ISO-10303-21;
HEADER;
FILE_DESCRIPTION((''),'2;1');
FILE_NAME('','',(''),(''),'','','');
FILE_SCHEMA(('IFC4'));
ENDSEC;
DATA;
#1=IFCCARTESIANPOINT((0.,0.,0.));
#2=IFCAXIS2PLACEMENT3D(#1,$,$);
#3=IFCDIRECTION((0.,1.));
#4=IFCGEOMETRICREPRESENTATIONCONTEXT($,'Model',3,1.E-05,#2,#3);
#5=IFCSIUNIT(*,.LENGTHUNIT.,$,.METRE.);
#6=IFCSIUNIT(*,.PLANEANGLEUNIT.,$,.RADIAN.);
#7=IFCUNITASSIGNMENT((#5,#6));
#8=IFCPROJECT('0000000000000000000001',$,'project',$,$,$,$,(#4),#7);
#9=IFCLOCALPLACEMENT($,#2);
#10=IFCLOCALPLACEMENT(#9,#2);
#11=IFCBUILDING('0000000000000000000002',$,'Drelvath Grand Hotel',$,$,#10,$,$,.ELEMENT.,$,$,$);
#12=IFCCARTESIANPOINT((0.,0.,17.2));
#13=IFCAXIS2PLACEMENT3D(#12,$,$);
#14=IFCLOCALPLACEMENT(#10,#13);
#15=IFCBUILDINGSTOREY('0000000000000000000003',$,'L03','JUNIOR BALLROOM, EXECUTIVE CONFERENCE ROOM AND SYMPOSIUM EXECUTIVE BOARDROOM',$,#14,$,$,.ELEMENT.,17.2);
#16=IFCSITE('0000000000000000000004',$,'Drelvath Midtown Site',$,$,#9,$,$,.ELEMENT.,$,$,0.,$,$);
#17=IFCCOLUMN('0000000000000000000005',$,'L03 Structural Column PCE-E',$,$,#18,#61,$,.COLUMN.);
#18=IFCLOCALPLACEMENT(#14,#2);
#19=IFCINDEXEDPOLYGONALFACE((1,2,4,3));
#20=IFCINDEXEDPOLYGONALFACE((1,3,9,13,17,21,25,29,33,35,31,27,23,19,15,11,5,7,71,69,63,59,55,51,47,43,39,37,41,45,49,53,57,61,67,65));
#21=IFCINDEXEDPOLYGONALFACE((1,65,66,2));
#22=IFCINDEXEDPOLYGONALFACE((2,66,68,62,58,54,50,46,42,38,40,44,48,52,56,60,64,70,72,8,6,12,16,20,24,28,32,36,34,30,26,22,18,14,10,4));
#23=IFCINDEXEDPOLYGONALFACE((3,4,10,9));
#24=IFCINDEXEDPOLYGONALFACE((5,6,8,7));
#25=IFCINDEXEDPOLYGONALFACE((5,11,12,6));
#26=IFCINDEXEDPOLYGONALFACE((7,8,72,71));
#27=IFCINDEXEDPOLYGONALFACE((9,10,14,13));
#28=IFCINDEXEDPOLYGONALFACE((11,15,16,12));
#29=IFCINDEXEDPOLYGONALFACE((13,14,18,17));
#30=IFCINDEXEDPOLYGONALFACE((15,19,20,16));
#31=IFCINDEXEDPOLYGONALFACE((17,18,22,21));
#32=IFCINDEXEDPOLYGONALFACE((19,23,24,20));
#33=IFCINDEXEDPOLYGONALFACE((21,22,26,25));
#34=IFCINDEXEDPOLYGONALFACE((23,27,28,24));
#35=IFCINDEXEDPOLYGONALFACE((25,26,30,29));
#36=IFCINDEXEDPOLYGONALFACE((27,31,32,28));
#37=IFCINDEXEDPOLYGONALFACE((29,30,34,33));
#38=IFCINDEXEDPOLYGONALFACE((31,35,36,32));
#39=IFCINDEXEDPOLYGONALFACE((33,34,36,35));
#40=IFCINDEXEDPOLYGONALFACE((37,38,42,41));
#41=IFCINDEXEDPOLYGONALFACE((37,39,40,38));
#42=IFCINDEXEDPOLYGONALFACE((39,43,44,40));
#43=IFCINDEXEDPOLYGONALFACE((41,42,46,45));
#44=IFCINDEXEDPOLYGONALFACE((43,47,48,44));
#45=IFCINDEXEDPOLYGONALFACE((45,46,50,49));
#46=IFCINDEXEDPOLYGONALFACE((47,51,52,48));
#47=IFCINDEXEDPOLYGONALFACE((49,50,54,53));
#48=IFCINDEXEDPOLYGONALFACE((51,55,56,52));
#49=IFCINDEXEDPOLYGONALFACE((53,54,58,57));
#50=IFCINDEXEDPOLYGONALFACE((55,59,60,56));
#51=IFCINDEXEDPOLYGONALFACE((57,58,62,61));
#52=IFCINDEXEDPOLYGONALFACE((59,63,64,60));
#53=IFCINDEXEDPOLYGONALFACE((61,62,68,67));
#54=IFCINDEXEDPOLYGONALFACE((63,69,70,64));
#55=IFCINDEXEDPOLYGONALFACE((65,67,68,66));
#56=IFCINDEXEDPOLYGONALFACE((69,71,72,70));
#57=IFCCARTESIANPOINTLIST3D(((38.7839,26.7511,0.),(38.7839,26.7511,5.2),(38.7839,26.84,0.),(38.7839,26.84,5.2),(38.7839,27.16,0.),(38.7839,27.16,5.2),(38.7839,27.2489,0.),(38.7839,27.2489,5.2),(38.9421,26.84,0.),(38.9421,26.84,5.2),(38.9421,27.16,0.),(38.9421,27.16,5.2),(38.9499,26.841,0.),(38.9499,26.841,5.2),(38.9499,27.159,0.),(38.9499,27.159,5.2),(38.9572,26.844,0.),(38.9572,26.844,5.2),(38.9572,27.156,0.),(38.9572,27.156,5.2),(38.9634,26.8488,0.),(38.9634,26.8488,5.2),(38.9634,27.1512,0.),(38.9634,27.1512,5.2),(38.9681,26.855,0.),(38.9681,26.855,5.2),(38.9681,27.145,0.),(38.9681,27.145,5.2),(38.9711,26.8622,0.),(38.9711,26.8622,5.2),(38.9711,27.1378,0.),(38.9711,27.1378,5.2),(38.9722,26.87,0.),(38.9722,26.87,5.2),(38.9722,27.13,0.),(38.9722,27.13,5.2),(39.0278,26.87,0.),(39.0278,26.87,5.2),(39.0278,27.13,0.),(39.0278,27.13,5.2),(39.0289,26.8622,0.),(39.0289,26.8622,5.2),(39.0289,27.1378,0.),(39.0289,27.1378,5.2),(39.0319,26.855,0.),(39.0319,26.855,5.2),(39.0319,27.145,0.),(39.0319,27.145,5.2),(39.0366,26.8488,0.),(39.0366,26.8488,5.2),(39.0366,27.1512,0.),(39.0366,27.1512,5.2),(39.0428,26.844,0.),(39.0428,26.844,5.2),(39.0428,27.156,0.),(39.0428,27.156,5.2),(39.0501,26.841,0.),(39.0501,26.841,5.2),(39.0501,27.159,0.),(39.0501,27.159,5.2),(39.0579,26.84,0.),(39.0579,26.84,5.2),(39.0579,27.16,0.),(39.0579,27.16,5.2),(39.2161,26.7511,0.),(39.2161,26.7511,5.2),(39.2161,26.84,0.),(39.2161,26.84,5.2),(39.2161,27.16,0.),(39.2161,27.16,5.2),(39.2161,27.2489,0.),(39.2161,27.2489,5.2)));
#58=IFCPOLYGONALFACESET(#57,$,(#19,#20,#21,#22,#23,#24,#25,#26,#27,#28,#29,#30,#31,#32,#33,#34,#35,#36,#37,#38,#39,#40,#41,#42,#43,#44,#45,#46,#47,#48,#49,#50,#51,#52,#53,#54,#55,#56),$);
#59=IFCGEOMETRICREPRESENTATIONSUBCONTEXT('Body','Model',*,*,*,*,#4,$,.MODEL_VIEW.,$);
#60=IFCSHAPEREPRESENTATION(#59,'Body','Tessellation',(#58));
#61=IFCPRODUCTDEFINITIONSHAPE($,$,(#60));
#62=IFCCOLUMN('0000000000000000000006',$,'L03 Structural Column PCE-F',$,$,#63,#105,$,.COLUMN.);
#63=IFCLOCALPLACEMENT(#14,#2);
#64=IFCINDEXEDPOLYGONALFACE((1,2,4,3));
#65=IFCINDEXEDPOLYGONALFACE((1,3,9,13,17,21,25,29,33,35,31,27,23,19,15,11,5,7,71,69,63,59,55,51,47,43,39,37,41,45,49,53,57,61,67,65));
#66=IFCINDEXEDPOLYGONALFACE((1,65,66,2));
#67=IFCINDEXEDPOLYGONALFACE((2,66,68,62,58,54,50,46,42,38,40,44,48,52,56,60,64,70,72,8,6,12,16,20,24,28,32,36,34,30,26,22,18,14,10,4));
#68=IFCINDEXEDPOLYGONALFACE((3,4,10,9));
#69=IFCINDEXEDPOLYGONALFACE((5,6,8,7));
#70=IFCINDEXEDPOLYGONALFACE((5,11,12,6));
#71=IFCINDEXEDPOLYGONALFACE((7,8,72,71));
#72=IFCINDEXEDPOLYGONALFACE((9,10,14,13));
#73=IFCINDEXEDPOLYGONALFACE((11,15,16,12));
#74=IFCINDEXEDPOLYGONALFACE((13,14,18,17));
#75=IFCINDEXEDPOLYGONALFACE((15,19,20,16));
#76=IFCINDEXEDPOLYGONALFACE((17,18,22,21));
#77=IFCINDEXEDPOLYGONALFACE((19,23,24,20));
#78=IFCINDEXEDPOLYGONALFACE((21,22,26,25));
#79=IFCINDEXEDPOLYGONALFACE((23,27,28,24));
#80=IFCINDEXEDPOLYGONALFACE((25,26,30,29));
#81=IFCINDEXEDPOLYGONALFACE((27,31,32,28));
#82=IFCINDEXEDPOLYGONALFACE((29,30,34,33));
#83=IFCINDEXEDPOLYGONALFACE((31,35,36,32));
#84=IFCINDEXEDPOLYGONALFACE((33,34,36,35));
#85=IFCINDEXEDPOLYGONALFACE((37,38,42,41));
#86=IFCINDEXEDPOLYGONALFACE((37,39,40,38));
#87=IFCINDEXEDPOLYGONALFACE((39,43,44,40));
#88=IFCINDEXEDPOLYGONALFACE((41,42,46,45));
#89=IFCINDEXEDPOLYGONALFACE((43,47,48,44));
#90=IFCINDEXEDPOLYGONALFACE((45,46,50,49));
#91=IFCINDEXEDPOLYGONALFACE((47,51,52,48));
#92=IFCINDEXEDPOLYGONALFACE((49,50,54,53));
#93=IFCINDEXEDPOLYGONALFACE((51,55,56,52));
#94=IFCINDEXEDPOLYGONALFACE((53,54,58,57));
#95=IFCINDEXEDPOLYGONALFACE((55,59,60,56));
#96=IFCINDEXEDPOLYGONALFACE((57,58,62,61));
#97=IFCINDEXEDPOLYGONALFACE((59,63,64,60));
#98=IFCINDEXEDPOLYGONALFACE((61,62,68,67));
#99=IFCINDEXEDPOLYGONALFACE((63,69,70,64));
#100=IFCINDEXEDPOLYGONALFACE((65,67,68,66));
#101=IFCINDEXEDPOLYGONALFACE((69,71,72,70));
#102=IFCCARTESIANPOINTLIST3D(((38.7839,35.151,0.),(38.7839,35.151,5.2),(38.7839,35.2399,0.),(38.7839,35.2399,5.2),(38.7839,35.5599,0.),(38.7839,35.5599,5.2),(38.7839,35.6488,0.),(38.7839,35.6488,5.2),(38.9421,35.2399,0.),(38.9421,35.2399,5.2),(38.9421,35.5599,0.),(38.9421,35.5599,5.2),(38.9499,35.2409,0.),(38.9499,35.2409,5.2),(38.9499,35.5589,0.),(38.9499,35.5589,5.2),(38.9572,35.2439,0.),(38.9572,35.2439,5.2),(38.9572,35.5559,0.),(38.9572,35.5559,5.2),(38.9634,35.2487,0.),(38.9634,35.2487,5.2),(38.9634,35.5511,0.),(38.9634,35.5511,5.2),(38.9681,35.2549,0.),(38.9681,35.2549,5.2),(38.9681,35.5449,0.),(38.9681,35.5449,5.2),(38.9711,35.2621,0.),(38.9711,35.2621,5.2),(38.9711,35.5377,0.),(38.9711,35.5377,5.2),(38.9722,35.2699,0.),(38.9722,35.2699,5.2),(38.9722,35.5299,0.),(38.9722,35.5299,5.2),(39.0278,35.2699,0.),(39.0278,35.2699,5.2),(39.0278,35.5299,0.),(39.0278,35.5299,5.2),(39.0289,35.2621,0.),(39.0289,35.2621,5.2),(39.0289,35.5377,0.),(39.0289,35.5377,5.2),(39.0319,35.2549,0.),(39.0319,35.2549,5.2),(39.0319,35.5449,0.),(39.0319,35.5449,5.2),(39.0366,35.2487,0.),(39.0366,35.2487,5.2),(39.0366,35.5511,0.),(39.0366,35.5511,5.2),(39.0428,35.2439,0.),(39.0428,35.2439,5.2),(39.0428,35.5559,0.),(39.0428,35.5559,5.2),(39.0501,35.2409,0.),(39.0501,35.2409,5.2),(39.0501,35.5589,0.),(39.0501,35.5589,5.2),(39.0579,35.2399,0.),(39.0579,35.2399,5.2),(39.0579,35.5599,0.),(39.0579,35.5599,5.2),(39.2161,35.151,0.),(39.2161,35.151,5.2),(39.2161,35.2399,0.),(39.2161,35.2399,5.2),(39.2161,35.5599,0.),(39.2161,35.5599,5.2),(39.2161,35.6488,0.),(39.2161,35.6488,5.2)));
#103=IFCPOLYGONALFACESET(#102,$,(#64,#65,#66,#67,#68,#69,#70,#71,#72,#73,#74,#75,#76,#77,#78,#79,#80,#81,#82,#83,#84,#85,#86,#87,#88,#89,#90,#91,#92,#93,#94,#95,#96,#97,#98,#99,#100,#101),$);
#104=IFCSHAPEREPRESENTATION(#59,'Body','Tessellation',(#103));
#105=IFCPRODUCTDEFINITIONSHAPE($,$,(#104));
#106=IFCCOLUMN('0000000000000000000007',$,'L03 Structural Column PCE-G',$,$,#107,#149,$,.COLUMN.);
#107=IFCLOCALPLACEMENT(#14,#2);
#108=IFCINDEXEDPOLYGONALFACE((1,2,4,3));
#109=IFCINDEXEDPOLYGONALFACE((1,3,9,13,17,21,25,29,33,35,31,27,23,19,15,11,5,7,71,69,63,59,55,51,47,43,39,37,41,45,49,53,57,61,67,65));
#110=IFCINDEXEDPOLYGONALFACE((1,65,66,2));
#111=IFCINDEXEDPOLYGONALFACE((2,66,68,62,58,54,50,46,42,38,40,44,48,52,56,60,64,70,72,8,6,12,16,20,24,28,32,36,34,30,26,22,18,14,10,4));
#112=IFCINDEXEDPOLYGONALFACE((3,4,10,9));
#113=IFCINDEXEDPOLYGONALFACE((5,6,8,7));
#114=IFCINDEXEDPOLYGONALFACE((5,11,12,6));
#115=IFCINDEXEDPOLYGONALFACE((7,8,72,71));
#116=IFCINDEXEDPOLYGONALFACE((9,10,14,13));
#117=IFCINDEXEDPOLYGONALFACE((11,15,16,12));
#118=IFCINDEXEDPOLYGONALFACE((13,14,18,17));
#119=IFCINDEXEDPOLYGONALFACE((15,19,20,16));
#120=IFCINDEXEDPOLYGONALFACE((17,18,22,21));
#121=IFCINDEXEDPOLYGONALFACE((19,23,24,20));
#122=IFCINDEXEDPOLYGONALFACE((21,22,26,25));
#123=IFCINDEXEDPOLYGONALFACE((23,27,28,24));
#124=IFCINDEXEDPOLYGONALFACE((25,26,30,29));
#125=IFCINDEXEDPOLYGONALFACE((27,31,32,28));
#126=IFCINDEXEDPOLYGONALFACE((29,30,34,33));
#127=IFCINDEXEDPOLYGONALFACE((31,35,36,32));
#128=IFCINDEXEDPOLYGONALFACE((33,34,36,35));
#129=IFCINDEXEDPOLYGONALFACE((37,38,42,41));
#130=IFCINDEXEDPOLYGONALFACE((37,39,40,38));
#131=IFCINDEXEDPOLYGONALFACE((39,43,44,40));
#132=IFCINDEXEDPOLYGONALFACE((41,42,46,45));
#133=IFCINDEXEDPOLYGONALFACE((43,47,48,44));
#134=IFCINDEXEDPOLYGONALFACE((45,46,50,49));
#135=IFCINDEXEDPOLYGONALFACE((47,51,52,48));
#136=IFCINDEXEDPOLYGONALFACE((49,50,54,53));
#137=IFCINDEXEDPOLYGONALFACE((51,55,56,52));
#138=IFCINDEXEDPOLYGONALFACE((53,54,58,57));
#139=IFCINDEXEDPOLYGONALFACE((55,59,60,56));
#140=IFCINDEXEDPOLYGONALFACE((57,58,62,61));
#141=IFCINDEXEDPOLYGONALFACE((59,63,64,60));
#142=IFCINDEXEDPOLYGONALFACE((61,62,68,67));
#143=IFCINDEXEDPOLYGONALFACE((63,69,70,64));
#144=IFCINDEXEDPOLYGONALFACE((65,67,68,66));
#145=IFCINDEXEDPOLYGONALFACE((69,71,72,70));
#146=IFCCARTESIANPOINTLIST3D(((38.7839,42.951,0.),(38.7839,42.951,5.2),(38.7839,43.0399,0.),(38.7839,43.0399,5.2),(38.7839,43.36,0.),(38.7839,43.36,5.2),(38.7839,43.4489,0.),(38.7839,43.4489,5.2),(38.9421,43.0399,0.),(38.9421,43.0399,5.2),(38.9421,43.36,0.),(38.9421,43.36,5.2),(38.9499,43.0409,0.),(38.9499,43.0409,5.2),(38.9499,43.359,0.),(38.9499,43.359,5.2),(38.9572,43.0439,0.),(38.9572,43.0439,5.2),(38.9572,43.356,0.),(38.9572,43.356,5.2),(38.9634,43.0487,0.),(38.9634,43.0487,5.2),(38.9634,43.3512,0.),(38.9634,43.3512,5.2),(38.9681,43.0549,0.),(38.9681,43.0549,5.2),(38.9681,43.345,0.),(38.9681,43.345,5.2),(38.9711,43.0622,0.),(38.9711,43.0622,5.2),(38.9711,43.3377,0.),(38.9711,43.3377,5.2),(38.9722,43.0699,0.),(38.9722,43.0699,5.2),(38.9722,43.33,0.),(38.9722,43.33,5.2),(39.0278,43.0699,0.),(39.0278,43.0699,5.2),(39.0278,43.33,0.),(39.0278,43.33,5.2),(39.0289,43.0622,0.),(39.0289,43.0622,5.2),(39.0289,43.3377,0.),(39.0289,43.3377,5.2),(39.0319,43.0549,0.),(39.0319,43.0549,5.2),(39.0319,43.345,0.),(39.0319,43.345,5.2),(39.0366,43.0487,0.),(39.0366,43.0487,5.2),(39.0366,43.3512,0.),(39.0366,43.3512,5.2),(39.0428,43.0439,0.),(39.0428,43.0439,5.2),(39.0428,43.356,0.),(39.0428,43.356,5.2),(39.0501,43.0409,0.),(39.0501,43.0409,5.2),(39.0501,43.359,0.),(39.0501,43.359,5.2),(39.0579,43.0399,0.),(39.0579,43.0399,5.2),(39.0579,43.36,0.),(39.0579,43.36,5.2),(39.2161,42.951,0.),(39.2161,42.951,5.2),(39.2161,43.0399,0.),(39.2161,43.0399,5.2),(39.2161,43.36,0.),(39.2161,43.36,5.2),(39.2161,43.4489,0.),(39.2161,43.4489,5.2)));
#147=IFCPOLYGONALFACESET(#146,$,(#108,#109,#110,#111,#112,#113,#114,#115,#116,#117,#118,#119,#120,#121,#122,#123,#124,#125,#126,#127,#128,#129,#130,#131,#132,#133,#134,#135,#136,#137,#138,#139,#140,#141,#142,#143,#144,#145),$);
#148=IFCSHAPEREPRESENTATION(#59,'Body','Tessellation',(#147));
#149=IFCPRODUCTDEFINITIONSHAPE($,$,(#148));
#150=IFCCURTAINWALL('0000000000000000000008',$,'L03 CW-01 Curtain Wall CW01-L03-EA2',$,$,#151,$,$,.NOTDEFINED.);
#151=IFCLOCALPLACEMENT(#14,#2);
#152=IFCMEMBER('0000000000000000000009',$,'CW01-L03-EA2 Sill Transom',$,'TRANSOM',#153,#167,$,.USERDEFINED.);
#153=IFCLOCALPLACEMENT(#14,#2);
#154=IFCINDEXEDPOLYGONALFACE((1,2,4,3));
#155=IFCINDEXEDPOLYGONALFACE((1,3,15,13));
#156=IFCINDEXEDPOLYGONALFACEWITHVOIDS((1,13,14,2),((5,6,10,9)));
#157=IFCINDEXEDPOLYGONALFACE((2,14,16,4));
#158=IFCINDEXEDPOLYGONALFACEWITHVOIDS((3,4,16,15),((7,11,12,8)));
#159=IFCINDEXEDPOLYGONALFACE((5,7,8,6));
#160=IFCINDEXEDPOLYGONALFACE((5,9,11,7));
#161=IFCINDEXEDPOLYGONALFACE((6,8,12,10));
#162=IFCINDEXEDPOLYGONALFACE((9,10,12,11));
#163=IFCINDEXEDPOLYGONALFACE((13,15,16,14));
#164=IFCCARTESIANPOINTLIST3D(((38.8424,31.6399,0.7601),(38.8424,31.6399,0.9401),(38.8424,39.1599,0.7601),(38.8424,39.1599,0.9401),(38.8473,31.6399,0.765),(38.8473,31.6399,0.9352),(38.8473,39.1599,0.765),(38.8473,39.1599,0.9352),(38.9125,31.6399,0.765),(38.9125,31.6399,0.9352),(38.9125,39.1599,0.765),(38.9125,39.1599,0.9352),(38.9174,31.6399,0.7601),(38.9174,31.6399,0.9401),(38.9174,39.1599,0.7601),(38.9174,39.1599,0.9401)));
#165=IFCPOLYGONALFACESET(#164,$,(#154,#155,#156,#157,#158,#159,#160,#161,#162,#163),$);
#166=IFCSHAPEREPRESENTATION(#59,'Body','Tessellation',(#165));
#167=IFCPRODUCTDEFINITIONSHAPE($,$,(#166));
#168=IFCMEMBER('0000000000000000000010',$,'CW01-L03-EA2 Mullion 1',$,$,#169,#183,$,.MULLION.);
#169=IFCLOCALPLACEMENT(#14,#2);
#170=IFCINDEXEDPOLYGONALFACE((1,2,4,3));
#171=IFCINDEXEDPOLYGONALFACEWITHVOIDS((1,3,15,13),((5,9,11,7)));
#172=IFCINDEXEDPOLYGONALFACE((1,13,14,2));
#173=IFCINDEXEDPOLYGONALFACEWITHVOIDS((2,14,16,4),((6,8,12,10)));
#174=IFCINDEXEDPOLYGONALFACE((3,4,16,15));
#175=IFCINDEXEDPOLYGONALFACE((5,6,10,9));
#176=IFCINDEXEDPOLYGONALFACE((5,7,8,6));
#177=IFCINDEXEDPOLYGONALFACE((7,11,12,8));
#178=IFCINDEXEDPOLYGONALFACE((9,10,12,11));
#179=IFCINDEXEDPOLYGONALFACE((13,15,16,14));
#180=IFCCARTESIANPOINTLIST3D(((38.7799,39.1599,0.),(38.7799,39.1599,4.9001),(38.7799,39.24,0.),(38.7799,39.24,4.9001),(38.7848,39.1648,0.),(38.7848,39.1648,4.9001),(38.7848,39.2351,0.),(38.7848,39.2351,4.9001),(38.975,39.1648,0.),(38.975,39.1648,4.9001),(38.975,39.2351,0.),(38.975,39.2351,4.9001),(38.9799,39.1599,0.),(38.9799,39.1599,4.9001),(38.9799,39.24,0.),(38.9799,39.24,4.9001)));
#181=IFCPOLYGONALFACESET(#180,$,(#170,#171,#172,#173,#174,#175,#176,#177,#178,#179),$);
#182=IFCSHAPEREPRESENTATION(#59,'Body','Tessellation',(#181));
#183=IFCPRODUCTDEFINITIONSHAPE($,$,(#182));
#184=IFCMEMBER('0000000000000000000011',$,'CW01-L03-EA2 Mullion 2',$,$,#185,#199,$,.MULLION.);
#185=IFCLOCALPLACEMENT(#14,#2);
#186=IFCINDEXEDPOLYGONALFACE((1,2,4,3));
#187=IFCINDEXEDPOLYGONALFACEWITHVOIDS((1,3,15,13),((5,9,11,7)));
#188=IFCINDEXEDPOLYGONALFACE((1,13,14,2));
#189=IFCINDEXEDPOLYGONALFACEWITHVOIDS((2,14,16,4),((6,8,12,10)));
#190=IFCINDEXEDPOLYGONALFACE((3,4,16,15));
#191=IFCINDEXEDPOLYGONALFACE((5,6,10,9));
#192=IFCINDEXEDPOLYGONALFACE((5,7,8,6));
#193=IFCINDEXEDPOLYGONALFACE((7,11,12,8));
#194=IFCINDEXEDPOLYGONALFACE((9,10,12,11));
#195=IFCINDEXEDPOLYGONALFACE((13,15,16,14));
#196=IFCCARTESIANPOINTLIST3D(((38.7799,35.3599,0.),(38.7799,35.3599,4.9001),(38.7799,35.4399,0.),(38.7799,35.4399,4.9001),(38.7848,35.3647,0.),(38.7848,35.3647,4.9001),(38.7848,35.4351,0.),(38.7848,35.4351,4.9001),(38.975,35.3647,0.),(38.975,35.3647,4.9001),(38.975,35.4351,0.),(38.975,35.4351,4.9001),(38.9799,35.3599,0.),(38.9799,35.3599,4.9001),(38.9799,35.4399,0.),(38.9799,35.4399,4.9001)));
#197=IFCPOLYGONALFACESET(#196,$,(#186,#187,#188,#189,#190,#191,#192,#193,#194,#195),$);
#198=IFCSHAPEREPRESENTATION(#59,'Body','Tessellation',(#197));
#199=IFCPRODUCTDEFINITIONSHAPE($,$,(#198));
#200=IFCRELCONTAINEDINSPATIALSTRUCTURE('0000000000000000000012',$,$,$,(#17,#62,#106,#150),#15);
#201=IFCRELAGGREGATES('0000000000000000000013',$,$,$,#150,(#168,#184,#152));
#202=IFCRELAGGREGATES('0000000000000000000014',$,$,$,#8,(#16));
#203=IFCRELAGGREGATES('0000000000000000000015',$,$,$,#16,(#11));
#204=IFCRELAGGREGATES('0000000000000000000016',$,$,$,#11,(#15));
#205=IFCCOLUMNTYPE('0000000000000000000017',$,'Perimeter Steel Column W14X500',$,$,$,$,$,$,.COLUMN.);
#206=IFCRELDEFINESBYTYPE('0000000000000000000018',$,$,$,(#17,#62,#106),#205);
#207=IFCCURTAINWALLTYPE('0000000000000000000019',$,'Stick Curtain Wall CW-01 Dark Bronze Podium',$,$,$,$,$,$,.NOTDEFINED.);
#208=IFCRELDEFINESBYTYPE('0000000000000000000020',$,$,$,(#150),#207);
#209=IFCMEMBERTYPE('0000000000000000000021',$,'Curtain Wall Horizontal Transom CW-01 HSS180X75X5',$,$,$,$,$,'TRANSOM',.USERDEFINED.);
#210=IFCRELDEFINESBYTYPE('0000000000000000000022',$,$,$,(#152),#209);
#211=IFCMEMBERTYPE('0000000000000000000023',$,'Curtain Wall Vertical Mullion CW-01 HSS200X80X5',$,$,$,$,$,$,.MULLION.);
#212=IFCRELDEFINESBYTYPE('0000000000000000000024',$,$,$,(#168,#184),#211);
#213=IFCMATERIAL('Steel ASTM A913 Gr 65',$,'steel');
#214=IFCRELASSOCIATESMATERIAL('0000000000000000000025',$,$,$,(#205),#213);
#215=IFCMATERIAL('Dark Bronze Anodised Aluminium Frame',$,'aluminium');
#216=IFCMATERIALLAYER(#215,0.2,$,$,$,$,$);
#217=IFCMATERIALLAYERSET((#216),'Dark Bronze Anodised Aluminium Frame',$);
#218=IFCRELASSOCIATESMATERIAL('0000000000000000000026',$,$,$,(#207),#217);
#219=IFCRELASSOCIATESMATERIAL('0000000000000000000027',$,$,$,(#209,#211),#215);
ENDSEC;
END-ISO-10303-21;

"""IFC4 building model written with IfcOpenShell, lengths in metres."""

from ifc_helpers import new_model, si_unit, direction, frame, origin, origin_2d, place, context, subcontext, project, spatial, hollow_rectangle, i_section, extrude, material, layer, layer_set, material_profile, profile_set, type_object, element, aggregate, save


model = new_model("IFC4")

# Units and contexts
model_context = context("Model", 3, precision=1e-05, world=origin(), true_north=direction((0.0, 1.0)))
body_context = subcontext(model_context, "Body", "Model", "MODEL_VIEW")
ifc_project = project(units=[si_unit("LENGTHUNIT", "METRE"), si_unit("PLANEANGLEUNIT", "RADIAN")], contexts=[model_context])

# Site, building, storey
site_placement = place(None, origin())
site = spatial("IfcSite", under=ifc_project, at=site_placement, Name="Drelvath Midtown Site", CompositionType="ELEMENT", RefElevation=0.0)
building_placement = place(site_placement, origin())
building = spatial("IfcBuilding", under=site, at=building_placement, Name="Drelvath Grand Hotel", CompositionType="ELEMENT")
storey_placement = place(building_placement, frame((0.0, 0.0, 17.2)))
storey = spatial("IfcBuildingStorey", under=building, at=storey_placement, Name="L03", Description="JUNIOR BALLROOM, EXECUTIVE CONFERENCE ROOM AND SYMPOSIUM EXECUTIVE BOARDROOM", CompositionType="ELEMENT", Elevation=17.2)

# Columns
ifc_material_1 = material(Name="Steel ASTM A913 Gr 65", Category="steel")
ifc_material_profile_1 = material_profile(ifc_material_1, i_section(OverallWidth=0.4321, OverallDepth=0.4978, WebThickness=0.0557, FlangeThickness=0.0889, FilletRadius=0.03, at=origin_2d()), Name="W14X500")
ifc_profile_set_1 = profile_set([ifc_material_profile_1], Name="Steel ASTM A913 Gr 65")
column_type = type_object("IfcColumnType", Name="Perimeter Steel Column W14X500", PredefinedType="COLUMN", material=ifc_profile_set_1)
for number, where, z_axis, x_axis, name in (
    (1, (39.0, 27.0, 0.0), (0.0, 0.0, 1.0), (1.0, 0.0, 0.0), "L03 Structural Column PCE-E"),
    (2, (39.0, 35.3999, 0.0), (0.0, 0.0, 1.0), (1.0, 0.0, 0.0), "L03 Structural Column PCE-F"),
    (3, (39.0, 43.2, 0.0), (0.0, 0.0, 1.0), (1.0, 0.0, 0.0), "L03 Structural Column PCE-G"),
):
    element("IfcColumn", number, at=place(storey_placement, frame(where, z_axis=z_axis, x_axis=x_axis)), inside=storey, type_object=column_type, Name=name, PredefinedType="COLUMN", context=body_context, shape_type="SweptSolid", body=[
        extrude(i_section(OverallWidth=0.4321, OverallDepth=0.4978, WebThickness=0.0557, FlangeThickness=0.0889, FilletRadius=0.03, at=origin_2d()), origin(), (0.0, 0.0, 1.0), 5.2),
    ])

# Curtain wall, members
ifc_material_2 = material(Name="Dark Bronze Anodised Aluminium Frame", Category="aluminium")
ifc_layer_1 = layer(ifc_material_2, 0.2)
ifc_layer_set_1 = layer_set([ifc_layer_1], Name="Dark Bronze Anodised Aluminium Frame")
curtain_wall_type = type_object("IfcCurtainWallType", Name="Stick Curtain Wall CW-01 Dark Bronze Podium", PredefinedType="NOTDEFINED", material=ifc_layer_set_1)
curtain_wall_placement = place(storey_placement, origin())
curtain_wall = element("IfcCurtainWall", 4, at=curtain_wall_placement, inside=storey, type_object=curtain_wall_type, Name="L03 CW-01 Curtain Wall CW01-L03-EA2", PredefinedType="NOTDEFINED")
ifc_material_profile_2 = material_profile(ifc_material_2, hollow_rectangle(XDim=0.075, YDim=0.1799, WallThickness=0.0049, at=origin_2d()), Name="HSS180X75X5")
ifc_profile_set_2 = profile_set([ifc_material_profile_2], Name="Dark Bronze Anodised Aluminium Frame")
member_type_1 = type_object("IfcMemberType", Name="Curtain Wall Horizontal Transom CW-01 HSS180X75X5", ElementType="TRANSOM", PredefinedType="USERDEFINED", material=ifc_profile_set_2)
member_1_placement = place(storey_placement, frame((38.8799, 39.1599, 0.8501), z_axis=(0.0, -1.0, 0.0), x_axis=(1.0, 0.0, 0.0)))
member_1 = element("IfcMember", 5, at=member_1_placement, type_object=member_type_1, Name="CW01-L03-EA2 Sill Transom", ObjectType="TRANSOM", PredefinedType="USERDEFINED", context=body_context, shape_type="SweptSolid", body=[
    extrude(hollow_rectangle(XDim=0.075, YDim=0.1799, WallThickness=0.0049, at=origin_2d()), origin(), (0.0, 0.0, 1.0), 7.52),
])
ifc_material_profile_3 = material_profile(ifc_material_2, hollow_rectangle(XDim=0.0801, YDim=0.2, WallThickness=0.0049, at=origin_2d()), Name="HSS200X80X5")
ifc_profile_set_3 = profile_set([ifc_material_profile_3], Name="Dark Bronze Anodised Aluminium Frame")
member_type_2 = type_object("IfcMemberType", Name="Curtain Wall Vertical Mullion CW-01 HSS200X80X5", PredefinedType="MULLION", material=ifc_profile_set_3)
member_2_placement = place(storey_placement, frame((38.8799, 39.2, 0.0), z_axis=(0.0, 0.0, 1.0), x_axis=(0.0, 1.0, 0.0)))
member_2 = element("IfcMember", 6, at=member_2_placement, type_object=member_type_2, Name="CW01-L03-EA2 Mullion 1", PredefinedType="MULLION", context=body_context, shape_type="SweptSolid", body=[
    extrude(hollow_rectangle(XDim=0.0801, YDim=0.2, WallThickness=0.0049, at=origin_2d()), origin(), (0.0, 0.0, 1.0), 4.9001),
])
member_3_placement = place(storey_placement, frame((38.8799, 35.3999, 0.0), z_axis=(0.0, 0.0, 1.0), x_axis=(0.0, 1.0, 0.0)))
member_3 = element("IfcMember", 7, at=member_3_placement, type_object=member_type_2, Name="CW01-L03-EA2 Mullion 2", PredefinedType="MULLION", context=body_context, shape_type="SweptSolid", body=[
    extrude(hollow_rectangle(XDim=0.0801, YDim=0.2, WallThickness=0.0049, at=origin_2d()), origin(), (0.0, 0.0, 1.0), 4.9001),
])

aggregate(curtain_wall, [member_2, member_3, member_1])

save(model, "model.ifc")
